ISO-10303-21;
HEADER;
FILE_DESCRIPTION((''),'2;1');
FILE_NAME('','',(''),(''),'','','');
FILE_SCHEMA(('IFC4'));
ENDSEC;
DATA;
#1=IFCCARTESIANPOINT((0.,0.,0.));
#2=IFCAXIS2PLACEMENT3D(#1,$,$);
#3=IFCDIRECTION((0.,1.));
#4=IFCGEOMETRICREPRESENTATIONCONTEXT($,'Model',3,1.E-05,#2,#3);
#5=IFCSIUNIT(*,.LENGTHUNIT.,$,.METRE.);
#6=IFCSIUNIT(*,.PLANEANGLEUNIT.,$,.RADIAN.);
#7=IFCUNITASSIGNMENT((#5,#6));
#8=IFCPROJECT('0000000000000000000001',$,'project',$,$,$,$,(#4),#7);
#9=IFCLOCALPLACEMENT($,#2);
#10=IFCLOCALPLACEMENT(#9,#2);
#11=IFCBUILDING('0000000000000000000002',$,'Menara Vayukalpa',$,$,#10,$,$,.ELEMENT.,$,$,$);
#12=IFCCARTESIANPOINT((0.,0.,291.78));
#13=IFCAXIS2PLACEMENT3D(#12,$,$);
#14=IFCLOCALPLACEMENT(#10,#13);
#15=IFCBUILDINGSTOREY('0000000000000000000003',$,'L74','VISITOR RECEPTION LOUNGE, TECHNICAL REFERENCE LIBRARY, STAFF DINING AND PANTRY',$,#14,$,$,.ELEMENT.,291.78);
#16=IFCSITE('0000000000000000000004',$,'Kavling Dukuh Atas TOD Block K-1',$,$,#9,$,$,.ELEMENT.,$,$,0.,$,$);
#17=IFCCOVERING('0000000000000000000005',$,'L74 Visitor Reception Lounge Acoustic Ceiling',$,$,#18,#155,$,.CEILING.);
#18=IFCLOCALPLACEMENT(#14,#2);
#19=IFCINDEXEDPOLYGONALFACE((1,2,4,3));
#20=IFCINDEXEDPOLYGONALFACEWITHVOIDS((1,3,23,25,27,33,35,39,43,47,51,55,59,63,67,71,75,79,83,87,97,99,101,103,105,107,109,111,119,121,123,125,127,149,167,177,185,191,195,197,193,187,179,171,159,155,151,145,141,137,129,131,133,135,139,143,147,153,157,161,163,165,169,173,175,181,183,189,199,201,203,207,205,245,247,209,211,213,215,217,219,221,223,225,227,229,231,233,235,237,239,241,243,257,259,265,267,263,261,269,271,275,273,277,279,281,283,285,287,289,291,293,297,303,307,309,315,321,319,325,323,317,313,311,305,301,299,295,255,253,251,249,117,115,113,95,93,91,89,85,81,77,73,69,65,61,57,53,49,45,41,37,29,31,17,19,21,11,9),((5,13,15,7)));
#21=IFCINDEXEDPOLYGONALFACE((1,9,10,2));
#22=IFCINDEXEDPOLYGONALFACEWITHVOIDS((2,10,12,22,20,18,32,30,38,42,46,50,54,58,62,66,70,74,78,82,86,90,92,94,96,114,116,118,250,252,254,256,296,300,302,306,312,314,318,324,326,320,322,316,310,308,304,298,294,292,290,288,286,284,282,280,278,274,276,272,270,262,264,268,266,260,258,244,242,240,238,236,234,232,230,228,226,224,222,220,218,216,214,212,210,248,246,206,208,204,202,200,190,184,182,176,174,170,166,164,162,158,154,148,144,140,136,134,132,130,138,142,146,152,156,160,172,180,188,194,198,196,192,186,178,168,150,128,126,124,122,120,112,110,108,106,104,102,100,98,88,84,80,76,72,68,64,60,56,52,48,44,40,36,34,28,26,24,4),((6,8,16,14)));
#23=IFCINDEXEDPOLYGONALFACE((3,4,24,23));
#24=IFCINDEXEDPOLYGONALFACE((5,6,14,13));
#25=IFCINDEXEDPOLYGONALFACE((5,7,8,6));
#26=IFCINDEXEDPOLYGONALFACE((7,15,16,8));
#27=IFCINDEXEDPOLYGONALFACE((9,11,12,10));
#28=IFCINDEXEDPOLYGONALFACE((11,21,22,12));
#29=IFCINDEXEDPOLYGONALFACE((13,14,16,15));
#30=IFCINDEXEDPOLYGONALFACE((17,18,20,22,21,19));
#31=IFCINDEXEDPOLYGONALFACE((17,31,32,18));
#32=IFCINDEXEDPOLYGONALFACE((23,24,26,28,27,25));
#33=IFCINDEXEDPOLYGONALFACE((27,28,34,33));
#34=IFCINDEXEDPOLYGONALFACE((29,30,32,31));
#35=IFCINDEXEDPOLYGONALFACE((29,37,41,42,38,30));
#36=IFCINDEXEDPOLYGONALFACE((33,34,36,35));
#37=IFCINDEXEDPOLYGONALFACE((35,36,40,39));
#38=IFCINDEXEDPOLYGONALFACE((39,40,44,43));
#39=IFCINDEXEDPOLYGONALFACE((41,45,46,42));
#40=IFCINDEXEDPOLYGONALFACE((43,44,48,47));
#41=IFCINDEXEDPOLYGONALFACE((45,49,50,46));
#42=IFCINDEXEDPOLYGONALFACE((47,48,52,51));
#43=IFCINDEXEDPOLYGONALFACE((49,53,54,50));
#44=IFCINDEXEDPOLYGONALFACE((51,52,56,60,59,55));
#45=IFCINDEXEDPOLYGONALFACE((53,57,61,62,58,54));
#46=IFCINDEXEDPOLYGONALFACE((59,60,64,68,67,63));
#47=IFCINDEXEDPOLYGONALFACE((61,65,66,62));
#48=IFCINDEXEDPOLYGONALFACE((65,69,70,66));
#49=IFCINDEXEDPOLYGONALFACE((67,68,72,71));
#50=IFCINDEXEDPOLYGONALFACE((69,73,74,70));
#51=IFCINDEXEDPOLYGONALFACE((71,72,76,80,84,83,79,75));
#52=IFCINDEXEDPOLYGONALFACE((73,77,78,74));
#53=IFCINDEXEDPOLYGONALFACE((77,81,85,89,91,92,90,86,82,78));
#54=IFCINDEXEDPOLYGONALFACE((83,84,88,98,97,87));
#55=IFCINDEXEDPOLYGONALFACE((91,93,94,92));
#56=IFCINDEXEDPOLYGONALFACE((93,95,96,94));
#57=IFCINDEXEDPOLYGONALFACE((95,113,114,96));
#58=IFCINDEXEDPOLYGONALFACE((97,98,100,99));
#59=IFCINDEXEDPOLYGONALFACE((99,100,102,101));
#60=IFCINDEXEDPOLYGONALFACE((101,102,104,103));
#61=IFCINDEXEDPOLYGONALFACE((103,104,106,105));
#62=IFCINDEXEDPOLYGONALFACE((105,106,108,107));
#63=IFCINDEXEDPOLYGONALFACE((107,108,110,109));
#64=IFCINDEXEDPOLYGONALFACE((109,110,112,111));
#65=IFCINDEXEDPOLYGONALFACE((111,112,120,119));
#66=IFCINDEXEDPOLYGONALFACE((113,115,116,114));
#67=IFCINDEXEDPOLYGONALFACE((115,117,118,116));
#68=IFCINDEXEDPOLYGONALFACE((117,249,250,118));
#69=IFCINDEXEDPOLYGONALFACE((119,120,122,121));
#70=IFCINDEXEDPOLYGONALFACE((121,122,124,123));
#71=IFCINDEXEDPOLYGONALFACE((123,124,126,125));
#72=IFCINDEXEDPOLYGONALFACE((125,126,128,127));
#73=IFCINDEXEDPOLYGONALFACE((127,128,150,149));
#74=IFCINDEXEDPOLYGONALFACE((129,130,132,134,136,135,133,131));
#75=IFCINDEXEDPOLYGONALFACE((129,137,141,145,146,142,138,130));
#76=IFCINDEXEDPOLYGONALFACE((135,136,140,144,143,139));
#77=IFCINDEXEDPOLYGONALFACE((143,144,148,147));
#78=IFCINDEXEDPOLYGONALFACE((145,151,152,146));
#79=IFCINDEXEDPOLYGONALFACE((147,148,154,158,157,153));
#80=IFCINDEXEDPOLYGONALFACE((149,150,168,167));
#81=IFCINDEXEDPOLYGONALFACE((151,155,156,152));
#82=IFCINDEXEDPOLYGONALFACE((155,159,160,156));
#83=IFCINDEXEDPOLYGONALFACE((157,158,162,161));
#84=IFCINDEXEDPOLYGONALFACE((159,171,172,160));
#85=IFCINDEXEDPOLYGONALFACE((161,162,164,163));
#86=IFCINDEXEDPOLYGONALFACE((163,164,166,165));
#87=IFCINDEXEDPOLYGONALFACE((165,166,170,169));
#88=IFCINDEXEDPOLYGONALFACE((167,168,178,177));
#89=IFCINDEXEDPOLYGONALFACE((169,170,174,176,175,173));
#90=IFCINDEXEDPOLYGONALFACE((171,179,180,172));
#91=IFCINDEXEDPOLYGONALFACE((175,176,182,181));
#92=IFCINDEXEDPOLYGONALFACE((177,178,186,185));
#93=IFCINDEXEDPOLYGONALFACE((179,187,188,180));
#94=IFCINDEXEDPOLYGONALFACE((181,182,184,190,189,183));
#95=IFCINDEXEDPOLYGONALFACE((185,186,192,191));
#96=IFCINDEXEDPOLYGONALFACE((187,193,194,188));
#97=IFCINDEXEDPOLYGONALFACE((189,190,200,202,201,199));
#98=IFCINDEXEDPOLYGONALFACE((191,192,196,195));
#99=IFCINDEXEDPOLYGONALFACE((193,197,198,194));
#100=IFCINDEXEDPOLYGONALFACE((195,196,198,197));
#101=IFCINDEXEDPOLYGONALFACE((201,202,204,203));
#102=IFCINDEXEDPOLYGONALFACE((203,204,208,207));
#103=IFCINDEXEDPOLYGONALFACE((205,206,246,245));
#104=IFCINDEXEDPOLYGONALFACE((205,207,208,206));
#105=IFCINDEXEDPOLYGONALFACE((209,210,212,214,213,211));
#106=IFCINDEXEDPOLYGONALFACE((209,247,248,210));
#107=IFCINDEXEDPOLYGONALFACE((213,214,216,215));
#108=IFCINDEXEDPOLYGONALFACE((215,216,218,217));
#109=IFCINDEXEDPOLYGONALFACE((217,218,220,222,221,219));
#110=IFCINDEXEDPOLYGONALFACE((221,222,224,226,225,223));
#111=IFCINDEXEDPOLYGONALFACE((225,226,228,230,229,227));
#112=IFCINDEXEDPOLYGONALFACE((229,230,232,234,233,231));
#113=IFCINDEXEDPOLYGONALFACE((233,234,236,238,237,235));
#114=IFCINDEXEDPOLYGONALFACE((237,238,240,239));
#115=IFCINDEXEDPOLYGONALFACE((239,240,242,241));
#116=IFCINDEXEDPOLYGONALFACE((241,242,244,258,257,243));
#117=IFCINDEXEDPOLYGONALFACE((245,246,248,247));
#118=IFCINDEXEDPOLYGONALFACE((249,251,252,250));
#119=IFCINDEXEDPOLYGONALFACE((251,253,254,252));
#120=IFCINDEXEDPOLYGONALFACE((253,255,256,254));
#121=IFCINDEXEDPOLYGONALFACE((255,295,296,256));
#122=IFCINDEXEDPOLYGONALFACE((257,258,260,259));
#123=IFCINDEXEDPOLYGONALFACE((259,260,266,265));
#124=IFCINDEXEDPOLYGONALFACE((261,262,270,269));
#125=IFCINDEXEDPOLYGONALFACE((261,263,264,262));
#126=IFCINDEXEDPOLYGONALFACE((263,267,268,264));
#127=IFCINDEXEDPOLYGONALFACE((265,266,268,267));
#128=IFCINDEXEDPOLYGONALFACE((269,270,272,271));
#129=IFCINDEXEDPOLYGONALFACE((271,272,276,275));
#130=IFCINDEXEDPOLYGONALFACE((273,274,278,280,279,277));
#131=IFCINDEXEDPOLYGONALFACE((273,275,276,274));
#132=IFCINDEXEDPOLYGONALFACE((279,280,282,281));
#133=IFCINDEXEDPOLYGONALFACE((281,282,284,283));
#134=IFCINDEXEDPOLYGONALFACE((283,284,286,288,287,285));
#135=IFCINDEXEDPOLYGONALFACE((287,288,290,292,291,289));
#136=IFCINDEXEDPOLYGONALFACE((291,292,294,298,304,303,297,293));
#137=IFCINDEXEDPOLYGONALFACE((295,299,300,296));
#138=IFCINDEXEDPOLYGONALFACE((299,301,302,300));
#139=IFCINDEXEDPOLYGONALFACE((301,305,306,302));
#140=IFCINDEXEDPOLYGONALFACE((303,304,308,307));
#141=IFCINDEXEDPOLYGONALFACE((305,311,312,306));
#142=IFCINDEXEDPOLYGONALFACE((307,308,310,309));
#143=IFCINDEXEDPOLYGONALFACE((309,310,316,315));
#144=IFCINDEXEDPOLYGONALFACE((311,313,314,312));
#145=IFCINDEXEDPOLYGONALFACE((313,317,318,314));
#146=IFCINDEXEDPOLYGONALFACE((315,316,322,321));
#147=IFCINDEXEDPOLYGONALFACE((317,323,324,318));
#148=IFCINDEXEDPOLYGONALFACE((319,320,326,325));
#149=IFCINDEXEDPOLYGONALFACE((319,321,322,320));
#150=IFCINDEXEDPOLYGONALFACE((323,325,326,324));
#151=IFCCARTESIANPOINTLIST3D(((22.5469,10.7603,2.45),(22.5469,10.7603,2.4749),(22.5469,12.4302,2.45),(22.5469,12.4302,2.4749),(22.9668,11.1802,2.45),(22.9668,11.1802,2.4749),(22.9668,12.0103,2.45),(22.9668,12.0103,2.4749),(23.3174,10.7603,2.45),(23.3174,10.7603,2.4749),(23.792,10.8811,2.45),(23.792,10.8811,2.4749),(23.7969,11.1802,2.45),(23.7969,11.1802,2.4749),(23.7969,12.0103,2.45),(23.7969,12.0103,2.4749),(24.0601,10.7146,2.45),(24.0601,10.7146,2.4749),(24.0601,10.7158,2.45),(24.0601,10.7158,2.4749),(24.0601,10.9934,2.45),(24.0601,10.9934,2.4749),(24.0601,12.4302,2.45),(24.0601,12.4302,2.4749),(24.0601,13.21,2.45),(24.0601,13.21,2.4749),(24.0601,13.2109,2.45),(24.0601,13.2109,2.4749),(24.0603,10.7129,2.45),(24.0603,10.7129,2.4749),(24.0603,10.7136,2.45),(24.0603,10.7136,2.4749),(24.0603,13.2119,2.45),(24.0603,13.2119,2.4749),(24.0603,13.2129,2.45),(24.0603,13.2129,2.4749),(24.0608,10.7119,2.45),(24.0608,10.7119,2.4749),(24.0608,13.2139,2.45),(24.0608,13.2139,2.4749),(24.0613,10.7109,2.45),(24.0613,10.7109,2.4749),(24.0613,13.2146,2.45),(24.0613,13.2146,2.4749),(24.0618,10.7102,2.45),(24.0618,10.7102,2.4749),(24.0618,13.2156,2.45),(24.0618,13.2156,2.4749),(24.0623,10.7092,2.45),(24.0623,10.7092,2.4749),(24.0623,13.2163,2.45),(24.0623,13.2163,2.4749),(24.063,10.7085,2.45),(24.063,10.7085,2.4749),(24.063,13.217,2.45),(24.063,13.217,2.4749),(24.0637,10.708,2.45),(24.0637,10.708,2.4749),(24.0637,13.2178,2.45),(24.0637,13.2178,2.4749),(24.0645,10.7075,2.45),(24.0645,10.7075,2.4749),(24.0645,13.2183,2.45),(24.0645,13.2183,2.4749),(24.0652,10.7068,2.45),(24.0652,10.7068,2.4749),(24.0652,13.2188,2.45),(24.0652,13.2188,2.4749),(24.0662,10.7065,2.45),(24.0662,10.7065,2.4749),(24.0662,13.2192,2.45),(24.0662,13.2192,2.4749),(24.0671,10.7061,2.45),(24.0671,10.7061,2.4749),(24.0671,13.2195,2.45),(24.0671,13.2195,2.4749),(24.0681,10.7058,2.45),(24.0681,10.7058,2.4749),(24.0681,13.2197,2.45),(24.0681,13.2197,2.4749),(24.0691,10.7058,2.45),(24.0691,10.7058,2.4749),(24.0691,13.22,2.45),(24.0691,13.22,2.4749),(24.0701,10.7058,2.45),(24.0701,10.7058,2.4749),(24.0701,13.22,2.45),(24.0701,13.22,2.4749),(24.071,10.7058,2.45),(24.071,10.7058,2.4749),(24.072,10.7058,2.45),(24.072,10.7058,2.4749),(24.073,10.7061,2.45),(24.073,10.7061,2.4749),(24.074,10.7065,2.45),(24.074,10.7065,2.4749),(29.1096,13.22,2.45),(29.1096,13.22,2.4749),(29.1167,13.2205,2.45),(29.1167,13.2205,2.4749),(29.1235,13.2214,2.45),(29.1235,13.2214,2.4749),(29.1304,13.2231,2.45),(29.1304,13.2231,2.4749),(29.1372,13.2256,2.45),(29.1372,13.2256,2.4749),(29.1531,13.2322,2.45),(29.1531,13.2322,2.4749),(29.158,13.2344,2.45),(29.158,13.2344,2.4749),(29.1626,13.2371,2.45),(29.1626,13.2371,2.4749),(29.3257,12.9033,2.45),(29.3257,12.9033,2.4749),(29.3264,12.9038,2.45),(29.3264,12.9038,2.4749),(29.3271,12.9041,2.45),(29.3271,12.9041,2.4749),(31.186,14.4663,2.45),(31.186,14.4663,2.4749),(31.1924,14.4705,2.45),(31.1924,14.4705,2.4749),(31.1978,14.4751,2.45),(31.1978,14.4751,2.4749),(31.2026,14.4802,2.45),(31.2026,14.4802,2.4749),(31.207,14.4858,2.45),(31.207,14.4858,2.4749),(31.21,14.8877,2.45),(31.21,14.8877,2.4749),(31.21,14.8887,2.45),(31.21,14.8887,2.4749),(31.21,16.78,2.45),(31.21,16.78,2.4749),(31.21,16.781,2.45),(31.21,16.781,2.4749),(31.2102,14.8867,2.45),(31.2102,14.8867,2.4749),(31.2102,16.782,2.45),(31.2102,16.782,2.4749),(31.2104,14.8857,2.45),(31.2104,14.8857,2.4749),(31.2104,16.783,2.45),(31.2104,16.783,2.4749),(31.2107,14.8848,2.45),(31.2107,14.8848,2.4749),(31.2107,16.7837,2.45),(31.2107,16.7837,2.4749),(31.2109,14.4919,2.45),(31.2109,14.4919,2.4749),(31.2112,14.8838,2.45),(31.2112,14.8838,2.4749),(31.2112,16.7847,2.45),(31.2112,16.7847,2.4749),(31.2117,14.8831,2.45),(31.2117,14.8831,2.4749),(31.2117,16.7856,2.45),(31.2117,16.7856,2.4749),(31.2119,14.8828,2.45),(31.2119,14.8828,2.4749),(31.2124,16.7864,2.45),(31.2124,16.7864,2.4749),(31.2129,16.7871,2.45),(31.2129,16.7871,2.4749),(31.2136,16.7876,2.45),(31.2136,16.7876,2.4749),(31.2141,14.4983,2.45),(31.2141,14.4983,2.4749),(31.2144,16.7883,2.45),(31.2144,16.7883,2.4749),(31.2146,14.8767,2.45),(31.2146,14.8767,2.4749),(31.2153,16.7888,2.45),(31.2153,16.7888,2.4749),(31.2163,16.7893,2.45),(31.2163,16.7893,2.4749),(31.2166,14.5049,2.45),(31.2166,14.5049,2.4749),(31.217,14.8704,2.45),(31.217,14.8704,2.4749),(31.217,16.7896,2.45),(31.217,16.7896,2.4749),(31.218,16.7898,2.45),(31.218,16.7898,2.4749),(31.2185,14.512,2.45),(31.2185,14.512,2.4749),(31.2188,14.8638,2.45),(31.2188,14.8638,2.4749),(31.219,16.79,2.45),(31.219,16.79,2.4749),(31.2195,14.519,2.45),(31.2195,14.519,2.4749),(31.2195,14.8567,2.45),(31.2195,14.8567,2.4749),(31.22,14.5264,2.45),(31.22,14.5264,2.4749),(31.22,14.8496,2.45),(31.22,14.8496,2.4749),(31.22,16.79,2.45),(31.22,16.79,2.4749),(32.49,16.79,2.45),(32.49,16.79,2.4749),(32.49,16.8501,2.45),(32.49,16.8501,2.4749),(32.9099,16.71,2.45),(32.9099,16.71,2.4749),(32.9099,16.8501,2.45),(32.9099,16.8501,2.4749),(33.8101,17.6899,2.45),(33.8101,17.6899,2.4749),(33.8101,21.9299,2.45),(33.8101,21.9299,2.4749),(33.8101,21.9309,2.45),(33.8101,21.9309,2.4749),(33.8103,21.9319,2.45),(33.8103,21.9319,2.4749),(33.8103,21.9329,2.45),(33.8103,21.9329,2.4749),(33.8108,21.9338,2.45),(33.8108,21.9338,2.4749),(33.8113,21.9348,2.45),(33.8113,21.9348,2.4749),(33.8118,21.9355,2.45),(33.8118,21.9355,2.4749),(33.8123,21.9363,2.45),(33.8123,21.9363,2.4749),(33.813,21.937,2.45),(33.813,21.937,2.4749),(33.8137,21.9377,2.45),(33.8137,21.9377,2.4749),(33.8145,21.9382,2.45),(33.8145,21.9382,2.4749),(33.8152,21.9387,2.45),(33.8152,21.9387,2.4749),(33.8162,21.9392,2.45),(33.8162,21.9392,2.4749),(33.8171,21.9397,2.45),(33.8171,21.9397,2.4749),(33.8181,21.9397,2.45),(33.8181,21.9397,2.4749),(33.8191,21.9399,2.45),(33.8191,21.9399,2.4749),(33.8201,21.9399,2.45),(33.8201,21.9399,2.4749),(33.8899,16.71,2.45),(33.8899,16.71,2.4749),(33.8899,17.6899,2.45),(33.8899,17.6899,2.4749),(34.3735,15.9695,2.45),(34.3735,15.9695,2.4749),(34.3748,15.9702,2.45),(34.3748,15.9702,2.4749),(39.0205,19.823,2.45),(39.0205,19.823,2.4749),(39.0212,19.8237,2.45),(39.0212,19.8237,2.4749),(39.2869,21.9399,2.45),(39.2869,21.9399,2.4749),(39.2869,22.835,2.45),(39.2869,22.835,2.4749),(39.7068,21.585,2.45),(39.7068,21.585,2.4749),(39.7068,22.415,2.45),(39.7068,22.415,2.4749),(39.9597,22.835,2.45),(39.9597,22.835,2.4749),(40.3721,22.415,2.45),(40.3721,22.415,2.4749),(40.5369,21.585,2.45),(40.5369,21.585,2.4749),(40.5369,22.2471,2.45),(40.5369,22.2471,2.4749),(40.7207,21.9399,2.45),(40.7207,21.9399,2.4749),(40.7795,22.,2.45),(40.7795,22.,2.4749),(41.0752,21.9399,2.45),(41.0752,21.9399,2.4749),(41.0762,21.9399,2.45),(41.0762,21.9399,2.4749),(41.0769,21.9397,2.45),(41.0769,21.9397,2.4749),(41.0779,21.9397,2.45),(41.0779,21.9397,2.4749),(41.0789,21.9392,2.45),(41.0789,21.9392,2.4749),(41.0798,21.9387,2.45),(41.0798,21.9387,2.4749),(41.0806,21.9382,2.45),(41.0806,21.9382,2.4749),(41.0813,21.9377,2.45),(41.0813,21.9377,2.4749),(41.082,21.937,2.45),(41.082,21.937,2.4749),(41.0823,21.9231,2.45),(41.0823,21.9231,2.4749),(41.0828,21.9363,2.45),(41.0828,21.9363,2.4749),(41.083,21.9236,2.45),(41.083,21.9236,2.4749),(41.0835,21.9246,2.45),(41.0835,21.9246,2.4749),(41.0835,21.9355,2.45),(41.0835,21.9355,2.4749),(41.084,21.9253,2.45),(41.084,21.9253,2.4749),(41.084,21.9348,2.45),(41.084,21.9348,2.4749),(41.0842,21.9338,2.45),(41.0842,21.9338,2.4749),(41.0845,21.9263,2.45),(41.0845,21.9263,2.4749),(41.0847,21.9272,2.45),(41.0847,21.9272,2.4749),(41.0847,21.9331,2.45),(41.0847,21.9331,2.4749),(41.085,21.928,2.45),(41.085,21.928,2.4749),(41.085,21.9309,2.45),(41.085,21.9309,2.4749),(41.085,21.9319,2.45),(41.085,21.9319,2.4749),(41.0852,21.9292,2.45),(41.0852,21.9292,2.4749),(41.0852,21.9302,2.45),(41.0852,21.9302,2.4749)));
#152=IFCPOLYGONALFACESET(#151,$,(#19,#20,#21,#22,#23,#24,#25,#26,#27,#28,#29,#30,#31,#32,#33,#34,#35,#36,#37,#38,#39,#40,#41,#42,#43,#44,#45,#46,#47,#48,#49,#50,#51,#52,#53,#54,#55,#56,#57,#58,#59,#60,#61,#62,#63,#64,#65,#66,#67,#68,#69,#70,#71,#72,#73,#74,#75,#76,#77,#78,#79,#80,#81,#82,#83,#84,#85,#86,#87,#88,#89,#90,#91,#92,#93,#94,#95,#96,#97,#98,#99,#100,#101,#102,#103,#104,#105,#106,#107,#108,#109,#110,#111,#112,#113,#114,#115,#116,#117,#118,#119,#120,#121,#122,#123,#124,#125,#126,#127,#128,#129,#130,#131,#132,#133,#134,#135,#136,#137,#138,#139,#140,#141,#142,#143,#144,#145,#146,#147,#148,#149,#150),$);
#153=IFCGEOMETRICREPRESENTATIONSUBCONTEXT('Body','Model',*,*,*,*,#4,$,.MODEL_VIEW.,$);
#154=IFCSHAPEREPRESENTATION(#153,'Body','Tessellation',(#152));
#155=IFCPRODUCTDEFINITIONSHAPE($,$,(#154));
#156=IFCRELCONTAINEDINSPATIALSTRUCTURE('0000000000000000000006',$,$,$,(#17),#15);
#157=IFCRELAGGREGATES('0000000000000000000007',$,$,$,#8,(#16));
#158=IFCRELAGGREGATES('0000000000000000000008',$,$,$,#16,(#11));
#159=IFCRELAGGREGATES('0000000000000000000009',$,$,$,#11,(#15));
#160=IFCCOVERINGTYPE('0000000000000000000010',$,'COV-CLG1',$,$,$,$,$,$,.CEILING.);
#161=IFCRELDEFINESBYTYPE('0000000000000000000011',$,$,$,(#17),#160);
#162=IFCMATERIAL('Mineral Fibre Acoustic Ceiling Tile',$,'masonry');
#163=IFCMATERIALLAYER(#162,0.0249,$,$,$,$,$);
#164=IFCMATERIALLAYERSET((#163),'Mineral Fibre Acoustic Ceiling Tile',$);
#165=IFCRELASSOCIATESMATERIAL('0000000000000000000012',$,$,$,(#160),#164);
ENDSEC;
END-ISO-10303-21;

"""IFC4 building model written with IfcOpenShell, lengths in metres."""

from ifc_helpers import new_model, si_unit, direction, frame, origin, place, context, subcontext, project, spatial, polyline, outline, extrude, material, layer, layer_set, type_object, element, save


model = new_model("IFC4")

# Units and contexts
model_context = context("Model", 3, precision=1e-05, world=origin(), true_north=direction((0.0, 1.0)))
body_context = subcontext(model_context, "Body", "Model", "MODEL_VIEW")
ifc_project = project(units=[si_unit("LENGTHUNIT", "METRE"), si_unit("PLANEANGLEUNIT", "RADIAN")], contexts=[model_context])

# Site, building, storey
site_placement = place(None, origin())
site = spatial("IfcSite", under=ifc_project, at=site_placement, Name="Kavling Dukuh Atas TOD Block K-1", CompositionType="ELEMENT", RefElevation=0.0)
building_placement = place(site_placement, origin())
building = spatial("IfcBuilding", under=site, at=building_placement, Name="Menara Vayukalpa", CompositionType="ELEMENT")
storey_placement = place(building_placement, frame((0.0, 0.0, 291.78)))
storey = spatial("IfcBuildingStorey", under=building, at=storey_placement, Name="L74", Description="VISITOR RECEPTION LOUNGE, TECHNICAL REFERENCE LIBRARY, STAFF DINING AND PANTRY", CompositionType="ELEMENT", Elevation=291.78)

# Covering
ifc_material_1 = material(Name="Mineral Fibre Acoustic Ceiling Tile", Category="masonry")
ifc_layer_1 = layer(ifc_material_1, 0.0249)
ifc_layer_set_1 = layer_set([ifc_layer_1], Name="Mineral Fibre Acoustic Ceiling Tile")
covering_type_1 = type_object("IfcCoveringType", Name="COV-CLG1", PredefinedType="CEILING", material=ifc_layer_set_1)
covering_1_placement = place(storey_placement, frame((0.0, 0.0, 2.45)))
element("IfcCovering", 1, at=covering_1_placement, inside=storey, type_object=covering_type_1, Name="L74 Visitor Reception Lounge Acoustic Ceiling", PredefinedType="CEILING", context=body_context, shape_type="SweptSolid", body=[
    extrude(outline(polyline([(24.0601, 13.21), (24.0601, 13.2109), (24.0603, 13.2119), (24.0603, 13.2129), (24.0608, 13.2139), (24.0613, 13.2146), (24.0618, 13.2156), (24.0623, 13.2163), (24.063, 13.217), (24.0637, 13.2178), (24.0645, 13.2183), (24.0652, 13.2188), (24.0662, 13.2192), (24.0671, 13.2195), (24.0681, 13.2197), (24.0691, 13.22), (24.0701, 13.22), (29.1096, 13.22), (29.1167, 13.2205), (29.1235, 13.2214), (29.1304, 13.2231), (29.1372, 13.2256), (29.1531, 13.2322), (29.158, 13.2344), (29.1626, 13.2371), (31.186, 14.4663), (31.1924, 14.4705), (31.1978, 14.4751), (31.2026, 14.4802), (31.207, 14.4858), (31.2109, 14.4919), (31.2141, 14.4983), (31.2166, 14.5049), (31.2185, 14.512), (31.2195, 14.519), (31.22, 14.5264), (31.22, 14.8496), (31.2195, 14.8567), (31.2188, 14.8638), (31.217, 14.8704), (31.2146, 14.8767), (31.2119, 14.8828), (31.2117, 14.8831), (31.2112, 14.8838), (31.2107, 14.8848), (31.2104, 14.8857), (31.2102, 14.8867), (31.21, 14.8877), (31.21, 14.8887), (31.21, 16.78), (31.21, 16.781), (31.2102, 16.782), (31.2104, 16.783), (31.2107, 16.7837), (31.2112, 16.7847), (31.2117, 16.7856), (31.2124, 16.7864), (31.2129, 16.7871), (31.2136, 16.7876), (31.2144, 16.7883), (31.2153, 16.7888), (31.2163, 16.7893), (31.217, 16.7896), (31.218, 16.7898), (31.219, 16.79), (31.22, 16.79), (32.49, 16.79), (32.49, 16.8501), (32.9099, 16.8501), (32.9099, 16.71), (33.8899, 16.71), (33.8899, 17.6899), (33.8101, 17.6899), (33.8101, 21.9299), (33.8101, 21.9309), (33.8103, 21.9319), (33.8103, 21.9329), (33.8108, 21.9338), (33.8113, 21.9348), (33.8118, 21.9355), (33.8123, 21.9363), (33.813, 21.937), (33.8137, 21.9377), (33.8145, 21.9382), (33.8152, 21.9387), (33.8162, 21.9392), (33.8171, 21.9397), (33.8181, 21.9397), (33.8191, 21.9399), (33.8201, 21.9399), (39.2869, 21.9399), (39.2869, 22.835), (39.9597, 22.835), (40.3721, 22.415), (39.7068, 22.415), (39.7068, 21.585), (40.5369, 21.585), (40.5369, 22.2471), (40.7795, 22.0), (40.7207, 21.9399), (41.0752, 21.9399), (41.0762, 21.9399), (41.0769, 21.9397), (41.0779, 21.9397), (41.0789, 21.9392), (41.0798, 21.9387), (41.0806, 21.9382), (41.0813, 21.9377), (41.082, 21.937), (41.0828, 21.9363), (41.0835, 21.9355), (41.084, 21.9348), (41.0842, 21.9338), (41.0847, 21.9331), (41.085, 21.9319), (41.085, 21.9309), (41.0852, 21.9302), (41.0852, 21.9292), (41.085, 21.928), (41.0847, 21.9272), (41.0845, 21.9263), (41.084, 21.9253), (41.0835, 21.9246), (41.083, 21.9236), (41.0823, 21.9231), (39.0212, 19.8237), (39.0205, 19.823), (34.3748, 15.9702), (34.3735, 15.9695), (29.3271, 12.9041), (29.3264, 12.9038), (29.3257, 12.9033), (24.074, 10.7065), (24.073, 10.7061), (24.072, 10.7058), (24.071, 10.7058), (24.0701, 10.7058), (24.0691, 10.7058), (24.0681, 10.7058), (24.0671, 10.7061), (24.0662, 10.7065), (24.0652, 10.7068), (24.0645, 10.7075), (24.0637, 10.708), (24.063, 10.7085), (24.0623, 10.7092), (24.0618, 10.7102), (24.0613, 10.7109), (24.0608, 10.7119), (24.0603, 10.7129), (24.0603, 10.7136), (24.0601, 10.7146), (24.0601, 10.7158), (24.0601, 10.9934), (23.792, 10.8811), (23.3174, 10.7603), (22.5469, 10.7603), (22.5469, 12.4302), (24.0601, 12.4302), (24.0601, 13.21)]), holes=[polyline([(23.7969, 12.0103), (22.9668, 12.0103), (22.9668, 11.1802), (23.7969, 11.1802), (23.7969, 12.0103)])]), origin(), (0.0, 0.0, 1.0), 0.0249),
])

save(model, "model.ifc")
